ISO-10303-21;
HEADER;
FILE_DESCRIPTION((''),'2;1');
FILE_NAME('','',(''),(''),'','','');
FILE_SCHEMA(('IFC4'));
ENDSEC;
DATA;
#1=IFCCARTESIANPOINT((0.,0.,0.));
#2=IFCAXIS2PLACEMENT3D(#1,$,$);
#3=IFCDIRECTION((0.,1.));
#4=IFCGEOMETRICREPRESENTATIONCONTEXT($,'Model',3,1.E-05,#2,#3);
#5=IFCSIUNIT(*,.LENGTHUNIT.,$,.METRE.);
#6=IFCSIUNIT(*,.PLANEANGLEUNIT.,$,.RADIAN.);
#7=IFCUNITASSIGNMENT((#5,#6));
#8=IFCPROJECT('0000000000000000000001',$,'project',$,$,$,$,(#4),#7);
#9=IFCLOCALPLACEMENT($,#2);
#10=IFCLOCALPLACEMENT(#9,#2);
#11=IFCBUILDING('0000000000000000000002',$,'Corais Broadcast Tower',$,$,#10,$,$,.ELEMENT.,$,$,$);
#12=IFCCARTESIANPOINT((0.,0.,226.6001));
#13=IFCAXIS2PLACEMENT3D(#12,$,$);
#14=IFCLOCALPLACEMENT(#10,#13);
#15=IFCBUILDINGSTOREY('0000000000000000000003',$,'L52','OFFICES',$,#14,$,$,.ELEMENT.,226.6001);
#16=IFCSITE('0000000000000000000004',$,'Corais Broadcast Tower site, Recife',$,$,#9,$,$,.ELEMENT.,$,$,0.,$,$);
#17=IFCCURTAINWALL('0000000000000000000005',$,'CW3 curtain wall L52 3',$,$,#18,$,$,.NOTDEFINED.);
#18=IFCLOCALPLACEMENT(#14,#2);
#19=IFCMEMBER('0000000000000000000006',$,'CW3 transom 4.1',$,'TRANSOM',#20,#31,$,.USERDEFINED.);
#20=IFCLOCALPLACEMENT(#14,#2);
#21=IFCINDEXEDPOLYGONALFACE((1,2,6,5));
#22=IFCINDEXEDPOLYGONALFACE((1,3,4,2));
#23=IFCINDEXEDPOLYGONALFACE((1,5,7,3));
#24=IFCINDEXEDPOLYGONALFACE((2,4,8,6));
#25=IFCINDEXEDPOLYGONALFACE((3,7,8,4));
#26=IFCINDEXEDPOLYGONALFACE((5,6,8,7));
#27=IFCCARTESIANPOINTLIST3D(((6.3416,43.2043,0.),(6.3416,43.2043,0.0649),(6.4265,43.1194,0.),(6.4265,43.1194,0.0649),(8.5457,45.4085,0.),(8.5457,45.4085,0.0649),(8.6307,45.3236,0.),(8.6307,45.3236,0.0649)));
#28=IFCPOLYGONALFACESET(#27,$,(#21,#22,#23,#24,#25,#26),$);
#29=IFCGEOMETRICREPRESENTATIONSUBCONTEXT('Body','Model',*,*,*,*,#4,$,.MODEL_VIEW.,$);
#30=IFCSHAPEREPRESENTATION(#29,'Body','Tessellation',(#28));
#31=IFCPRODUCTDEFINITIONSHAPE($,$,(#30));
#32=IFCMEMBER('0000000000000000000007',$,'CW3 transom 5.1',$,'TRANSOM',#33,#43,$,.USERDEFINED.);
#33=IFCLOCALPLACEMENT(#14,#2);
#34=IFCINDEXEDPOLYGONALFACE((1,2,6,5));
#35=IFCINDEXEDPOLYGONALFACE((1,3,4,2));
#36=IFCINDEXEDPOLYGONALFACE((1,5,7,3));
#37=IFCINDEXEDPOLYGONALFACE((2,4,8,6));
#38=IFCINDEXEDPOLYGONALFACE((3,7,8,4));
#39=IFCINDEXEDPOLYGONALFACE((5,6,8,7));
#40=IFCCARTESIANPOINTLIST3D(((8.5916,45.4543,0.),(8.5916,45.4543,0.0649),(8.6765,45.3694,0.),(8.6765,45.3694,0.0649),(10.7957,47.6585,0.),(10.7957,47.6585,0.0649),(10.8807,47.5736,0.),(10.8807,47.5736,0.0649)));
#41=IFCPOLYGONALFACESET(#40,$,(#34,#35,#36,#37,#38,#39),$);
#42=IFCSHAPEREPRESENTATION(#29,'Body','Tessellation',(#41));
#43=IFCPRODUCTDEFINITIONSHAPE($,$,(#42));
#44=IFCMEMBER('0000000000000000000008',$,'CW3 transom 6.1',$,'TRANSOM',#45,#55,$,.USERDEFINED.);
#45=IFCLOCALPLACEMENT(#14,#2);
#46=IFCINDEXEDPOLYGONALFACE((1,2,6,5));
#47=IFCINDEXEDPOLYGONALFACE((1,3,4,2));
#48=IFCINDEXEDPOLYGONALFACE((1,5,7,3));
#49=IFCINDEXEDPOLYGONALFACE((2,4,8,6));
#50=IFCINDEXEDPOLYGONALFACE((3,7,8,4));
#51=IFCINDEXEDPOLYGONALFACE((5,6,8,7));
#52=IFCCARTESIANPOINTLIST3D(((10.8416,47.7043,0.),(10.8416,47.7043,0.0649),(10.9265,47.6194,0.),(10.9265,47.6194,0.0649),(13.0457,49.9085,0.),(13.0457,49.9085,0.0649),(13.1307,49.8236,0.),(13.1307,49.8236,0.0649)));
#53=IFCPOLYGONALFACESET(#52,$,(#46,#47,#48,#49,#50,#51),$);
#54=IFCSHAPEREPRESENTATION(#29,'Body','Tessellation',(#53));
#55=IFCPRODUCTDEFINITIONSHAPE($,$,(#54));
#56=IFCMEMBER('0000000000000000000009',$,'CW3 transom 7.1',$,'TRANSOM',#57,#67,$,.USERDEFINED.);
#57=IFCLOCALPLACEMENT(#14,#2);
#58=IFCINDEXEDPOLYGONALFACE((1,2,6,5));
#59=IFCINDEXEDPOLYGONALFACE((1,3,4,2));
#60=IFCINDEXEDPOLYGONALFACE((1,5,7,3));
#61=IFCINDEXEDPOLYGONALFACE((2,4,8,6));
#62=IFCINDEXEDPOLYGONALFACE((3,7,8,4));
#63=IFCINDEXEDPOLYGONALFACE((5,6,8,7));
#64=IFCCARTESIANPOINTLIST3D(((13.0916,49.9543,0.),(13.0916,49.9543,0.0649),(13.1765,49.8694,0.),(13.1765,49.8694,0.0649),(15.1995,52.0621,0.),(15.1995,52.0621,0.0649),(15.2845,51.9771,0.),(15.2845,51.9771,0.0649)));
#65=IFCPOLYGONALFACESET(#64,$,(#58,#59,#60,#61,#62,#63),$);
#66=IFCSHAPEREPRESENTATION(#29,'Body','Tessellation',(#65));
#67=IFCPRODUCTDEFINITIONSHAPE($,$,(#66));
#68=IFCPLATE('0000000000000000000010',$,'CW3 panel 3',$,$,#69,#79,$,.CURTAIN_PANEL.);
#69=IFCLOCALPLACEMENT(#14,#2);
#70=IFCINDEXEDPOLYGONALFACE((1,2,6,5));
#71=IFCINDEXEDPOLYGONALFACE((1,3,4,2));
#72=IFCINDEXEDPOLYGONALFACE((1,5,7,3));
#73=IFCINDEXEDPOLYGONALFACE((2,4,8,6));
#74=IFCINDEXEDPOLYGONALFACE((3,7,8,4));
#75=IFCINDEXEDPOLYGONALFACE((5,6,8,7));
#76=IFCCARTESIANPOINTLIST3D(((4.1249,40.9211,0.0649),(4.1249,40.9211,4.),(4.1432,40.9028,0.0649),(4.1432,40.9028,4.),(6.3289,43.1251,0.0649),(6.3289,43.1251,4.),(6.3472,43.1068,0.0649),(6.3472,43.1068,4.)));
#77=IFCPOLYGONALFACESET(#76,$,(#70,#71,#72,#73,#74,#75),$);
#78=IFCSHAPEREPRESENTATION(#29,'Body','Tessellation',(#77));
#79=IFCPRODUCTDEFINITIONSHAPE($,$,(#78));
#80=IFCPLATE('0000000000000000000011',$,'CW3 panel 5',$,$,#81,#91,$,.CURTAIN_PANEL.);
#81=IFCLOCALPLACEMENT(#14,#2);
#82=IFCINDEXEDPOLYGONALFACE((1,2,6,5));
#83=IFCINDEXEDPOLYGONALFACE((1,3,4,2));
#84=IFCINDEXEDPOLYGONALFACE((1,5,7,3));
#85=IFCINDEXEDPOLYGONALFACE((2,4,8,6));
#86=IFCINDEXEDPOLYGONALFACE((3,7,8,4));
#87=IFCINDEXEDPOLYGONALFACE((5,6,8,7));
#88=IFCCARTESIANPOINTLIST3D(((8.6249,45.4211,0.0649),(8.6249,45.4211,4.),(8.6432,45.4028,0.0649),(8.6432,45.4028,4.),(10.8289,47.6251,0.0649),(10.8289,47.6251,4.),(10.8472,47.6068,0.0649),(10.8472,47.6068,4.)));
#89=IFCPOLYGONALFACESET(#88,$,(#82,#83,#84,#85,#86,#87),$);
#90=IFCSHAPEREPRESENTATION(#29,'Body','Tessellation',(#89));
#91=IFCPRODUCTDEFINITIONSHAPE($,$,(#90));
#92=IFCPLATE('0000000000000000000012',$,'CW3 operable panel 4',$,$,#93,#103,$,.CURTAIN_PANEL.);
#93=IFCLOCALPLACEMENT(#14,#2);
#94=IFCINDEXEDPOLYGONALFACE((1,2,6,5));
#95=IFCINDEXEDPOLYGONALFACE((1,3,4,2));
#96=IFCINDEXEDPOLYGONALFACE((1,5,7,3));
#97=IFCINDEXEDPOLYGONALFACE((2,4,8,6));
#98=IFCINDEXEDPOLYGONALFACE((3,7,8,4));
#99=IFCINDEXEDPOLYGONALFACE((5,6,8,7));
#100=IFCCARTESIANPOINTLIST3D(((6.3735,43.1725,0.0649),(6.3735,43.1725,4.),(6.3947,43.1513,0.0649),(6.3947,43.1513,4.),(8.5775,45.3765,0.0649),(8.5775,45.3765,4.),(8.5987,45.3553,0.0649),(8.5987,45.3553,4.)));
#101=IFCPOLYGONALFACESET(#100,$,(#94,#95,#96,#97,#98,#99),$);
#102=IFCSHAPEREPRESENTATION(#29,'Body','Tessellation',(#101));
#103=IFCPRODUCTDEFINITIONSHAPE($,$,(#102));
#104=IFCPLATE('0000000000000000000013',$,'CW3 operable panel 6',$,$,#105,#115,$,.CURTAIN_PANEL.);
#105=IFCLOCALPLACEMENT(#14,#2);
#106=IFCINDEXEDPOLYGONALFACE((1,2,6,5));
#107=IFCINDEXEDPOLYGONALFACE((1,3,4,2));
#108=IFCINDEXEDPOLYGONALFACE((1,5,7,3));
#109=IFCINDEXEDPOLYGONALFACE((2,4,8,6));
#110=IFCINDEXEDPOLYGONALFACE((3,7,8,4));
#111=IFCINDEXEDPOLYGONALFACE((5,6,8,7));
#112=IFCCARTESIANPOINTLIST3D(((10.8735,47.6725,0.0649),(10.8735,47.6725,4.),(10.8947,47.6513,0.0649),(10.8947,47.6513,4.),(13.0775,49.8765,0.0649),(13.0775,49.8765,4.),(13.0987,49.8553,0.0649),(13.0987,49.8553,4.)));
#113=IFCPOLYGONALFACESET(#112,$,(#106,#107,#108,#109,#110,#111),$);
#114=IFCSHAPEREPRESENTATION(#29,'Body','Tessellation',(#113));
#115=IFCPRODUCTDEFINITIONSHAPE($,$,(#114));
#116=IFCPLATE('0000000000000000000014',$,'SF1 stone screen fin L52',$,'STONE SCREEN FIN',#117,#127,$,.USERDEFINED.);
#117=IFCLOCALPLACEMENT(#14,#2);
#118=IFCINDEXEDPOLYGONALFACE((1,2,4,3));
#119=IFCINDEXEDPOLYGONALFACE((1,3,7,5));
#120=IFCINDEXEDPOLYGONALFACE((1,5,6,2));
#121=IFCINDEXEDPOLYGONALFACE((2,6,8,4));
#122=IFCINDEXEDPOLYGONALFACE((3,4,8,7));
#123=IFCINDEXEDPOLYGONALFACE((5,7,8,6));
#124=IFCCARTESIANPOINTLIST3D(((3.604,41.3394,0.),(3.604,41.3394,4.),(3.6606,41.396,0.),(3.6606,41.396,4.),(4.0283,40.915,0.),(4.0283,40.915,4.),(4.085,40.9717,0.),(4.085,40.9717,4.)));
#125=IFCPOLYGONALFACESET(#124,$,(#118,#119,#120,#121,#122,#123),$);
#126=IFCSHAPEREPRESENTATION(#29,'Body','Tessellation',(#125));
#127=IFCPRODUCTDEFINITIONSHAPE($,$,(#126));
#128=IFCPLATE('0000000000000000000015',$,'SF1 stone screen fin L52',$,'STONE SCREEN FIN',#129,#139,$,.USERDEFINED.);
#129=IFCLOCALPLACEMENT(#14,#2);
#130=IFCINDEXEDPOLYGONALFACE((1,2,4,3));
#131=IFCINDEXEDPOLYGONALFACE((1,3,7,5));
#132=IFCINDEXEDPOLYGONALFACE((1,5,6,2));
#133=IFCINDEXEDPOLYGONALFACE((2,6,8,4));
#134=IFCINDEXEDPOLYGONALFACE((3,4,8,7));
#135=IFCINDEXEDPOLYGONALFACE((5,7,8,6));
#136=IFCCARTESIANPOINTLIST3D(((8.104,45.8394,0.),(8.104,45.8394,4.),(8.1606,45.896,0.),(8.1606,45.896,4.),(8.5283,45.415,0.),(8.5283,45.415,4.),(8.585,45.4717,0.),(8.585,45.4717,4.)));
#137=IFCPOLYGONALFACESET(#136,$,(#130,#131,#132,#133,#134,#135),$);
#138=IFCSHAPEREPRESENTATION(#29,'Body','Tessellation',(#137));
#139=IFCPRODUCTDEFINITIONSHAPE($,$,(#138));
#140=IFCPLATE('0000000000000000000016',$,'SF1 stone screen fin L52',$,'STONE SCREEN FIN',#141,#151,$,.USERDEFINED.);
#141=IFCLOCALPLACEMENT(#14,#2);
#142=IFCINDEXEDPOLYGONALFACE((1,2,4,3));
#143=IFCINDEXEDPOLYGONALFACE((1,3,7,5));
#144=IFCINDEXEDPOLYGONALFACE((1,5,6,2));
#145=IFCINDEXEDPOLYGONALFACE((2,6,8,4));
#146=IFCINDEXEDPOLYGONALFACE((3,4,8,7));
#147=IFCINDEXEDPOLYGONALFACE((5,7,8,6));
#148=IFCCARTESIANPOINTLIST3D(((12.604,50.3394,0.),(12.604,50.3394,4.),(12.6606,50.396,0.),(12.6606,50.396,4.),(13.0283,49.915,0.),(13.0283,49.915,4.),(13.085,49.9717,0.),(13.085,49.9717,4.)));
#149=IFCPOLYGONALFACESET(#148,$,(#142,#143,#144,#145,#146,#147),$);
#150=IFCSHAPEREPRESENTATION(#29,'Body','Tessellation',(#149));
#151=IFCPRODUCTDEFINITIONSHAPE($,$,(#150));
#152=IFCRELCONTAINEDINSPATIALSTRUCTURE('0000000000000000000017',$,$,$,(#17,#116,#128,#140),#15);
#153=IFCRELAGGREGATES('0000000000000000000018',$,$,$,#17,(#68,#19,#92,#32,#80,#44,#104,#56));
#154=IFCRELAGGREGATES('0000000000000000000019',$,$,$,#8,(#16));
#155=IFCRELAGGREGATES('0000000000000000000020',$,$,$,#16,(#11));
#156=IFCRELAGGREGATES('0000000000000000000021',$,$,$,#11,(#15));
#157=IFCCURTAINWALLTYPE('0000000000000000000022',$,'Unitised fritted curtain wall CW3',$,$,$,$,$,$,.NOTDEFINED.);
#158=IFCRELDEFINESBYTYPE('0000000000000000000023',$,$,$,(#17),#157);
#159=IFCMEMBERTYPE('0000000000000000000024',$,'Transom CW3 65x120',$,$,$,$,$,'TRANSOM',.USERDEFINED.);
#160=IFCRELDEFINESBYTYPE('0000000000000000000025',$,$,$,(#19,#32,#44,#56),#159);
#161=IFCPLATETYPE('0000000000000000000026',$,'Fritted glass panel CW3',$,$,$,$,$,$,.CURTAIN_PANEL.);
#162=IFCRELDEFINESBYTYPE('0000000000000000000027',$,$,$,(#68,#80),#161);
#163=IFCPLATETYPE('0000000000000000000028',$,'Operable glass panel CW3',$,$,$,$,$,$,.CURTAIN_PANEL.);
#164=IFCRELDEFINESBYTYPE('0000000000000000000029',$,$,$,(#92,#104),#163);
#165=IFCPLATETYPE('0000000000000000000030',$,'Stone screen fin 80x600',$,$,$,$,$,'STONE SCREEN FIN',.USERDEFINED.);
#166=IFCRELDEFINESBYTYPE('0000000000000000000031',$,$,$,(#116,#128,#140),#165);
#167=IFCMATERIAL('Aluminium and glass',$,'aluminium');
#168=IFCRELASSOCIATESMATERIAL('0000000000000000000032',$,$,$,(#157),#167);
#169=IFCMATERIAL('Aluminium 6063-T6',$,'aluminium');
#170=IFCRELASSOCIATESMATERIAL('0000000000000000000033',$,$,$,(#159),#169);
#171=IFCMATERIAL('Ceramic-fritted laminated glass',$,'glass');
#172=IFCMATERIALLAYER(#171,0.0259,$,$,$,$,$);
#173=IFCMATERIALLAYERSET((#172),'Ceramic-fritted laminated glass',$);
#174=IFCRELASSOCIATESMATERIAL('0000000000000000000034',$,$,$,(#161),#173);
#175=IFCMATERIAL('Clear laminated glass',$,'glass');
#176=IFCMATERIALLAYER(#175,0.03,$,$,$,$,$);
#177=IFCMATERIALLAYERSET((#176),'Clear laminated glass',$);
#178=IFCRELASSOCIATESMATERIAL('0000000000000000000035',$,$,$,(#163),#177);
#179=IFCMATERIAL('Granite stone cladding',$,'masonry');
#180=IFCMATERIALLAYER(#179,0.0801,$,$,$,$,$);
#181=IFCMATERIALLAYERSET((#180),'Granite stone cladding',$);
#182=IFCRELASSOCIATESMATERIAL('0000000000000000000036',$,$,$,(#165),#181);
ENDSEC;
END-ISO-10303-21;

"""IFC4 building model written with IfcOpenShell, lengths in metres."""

from ifc_helpers import new_model, si_unit, direction, frame, origin, origin_2d, place, context, subcontext, project, spatial, rectangle, extrude, material, layer, layer_set, material_profile, profile_set, type_object, element, aggregate, save


model = new_model("IFC4")

# Units and contexts
model_context = context("Model", 3, precision=1e-05, world=origin(), true_north=direction((0.0, 1.0)))
body_context = subcontext(model_context, "Body", "Model", "MODEL_VIEW")
ifc_project = project(units=[si_unit("LENGTHUNIT", "METRE"), si_unit("PLANEANGLEUNIT", "RADIAN")], contexts=[model_context])

# Site, building, storey
site_placement = place(None, origin())
site = spatial("IfcSite", under=ifc_project, at=site_placement, Name="Corais Broadcast Tower site, Recife", CompositionType="ELEMENT", RefElevation=0.0)
building_placement = place(site_placement, origin())
building = spatial("IfcBuilding", under=site, at=building_placement, Name="Corais Broadcast Tower", CompositionType="ELEMENT")
storey_placement = place(building_placement, frame((0.0, 0.0, 226.6001)))
storey = spatial("IfcBuildingStorey", under=building, at=storey_placement, Name="L52", Description="OFFICES", CompositionType="ELEMENT", Elevation=226.6001)

# Curtain wall
ifc_material_1 = material(Name="Aluminium and glass", Category="aluminium")
curtain_wall_type = type_object("IfcCurtainWallType", Name="Unitised fritted curtain wall CW3", PredefinedType="NOTDEFINED", material=ifc_material_1)
curtain_wall_placement = place(storey_placement, origin())
curtain_wall = element("IfcCurtainWall", 1, at=curtain_wall_placement, inside=storey, type_object=curtain_wall_type, Name="CW3 curtain wall L52 3", PredefinedType="NOTDEFINED")

# Members
ifc_material_2 = material(Name="Aluminium 6063-T6", Category="aluminium")
ifc_material_profile_1 = material_profile(ifc_material_2, rectangle(XDim=0.1201, YDim=0.0649, at=origin_2d()), Name="Transom CW3 65x120")
ifc_profile_set_1 = profile_set([ifc_material_profile_1], Name="Aluminium 6063-T6")
member_type_1 = type_object("IfcMemberType", Name="Transom CW3 65x120", ElementType="TRANSOM", PredefinedType="USERDEFINED", material=ifc_profile_set_1)
member_1_placement = place(storey_placement, frame((6.384, 43.1619, 0.0325), z_axis=(0.707107, 0.707107, 0.0), x_axis=(-0.707107, 0.707107, 0.0)))
member_1 = element("IfcMember", 2, at=member_1_placement, type_object=member_type_1, Name="CW3 transom 4.1", ObjectType="TRANSOM", PredefinedType="USERDEFINED", context=body_context, shape_type="SweptSolid", body=[
    extrude(rectangle(XDim=0.1201, YDim=0.0649, at=origin_2d()), origin(), (0.0, 0.0, 1.0), 3.1172),
])
member_2_placement = place(storey_placement, frame((8.634, 45.4119, 0.0325), z_axis=(0.707107, 0.707107, 0.0), x_axis=(-0.707107, 0.707107, 0.0)))
member_2 = element("IfcMember", 3, at=member_2_placement, type_object=member_type_1, Name="CW3 transom 5.1", ObjectType="TRANSOM", PredefinedType="USERDEFINED", context=body_context, shape_type="SweptSolid", body=[
    extrude(rectangle(XDim=0.1201, YDim=0.0649, at=origin_2d()), origin(), (0.0, 0.0, 1.0), 3.1172),
])
member_3_placement = place(storey_placement, frame((10.884, 47.6619, 0.0325), z_axis=(0.707107, 0.707107, 0.0), x_axis=(-0.707107, 0.707107, 0.0)))
member_3 = element("IfcMember", 4, at=member_3_placement, type_object=member_type_1, Name="CW3 transom 6.1", ObjectType="TRANSOM", PredefinedType="USERDEFINED", context=body_context, shape_type="SweptSolid", body=[
    extrude(rectangle(XDim=0.1201, YDim=0.0649, at=origin_2d()), origin(), (0.0, 0.0, 1.0), 3.1172),
])
member_4_placement = place(storey_placement, frame((13.134, 49.9119, 0.0325), z_axis=(0.707148, 0.707066, 0.0), x_axis=(-0.707066, 0.707148, 0.0)))
member_4 = element("IfcMember", 5, at=member_4_placement, type_object=member_type_1, Name="CW3 transom 7.1", ObjectType="TRANSOM", PredefinedType="USERDEFINED", context=body_context, shape_type="SweptSolid", body=[
    extrude(rectangle(XDim=0.1201, YDim=0.0649, at=origin_2d()), origin(), (0.0, 0.0, 1.0), 2.981),
])

# Plates
ifc_material_3 = material(Name="Ceramic-fritted laminated glass", Category="glass")
ifc_layer_1 = layer(ifc_material_3, 0.0259)
ifc_layer_set_1 = layer_set([ifc_layer_1], Name="Ceramic-fritted laminated glass")
plate_type_1 = type_object("IfcPlateType", Name="Fritted glass panel CW3", PredefinedType="CURTAIN_PANEL", material=ifc_layer_set_1)
plate_1_placement = place(storey_placement, frame((5.2361, 42.0139, 0.0649), z_axis=(0.0, 0.0, 1.0), x_axis=(0.707107, 0.707107, 0.0)))
plate_1 = element("IfcPlate", 6, at=plate_1_placement, type_object=plate_type_1, Name="CW3 panel 3", PredefinedType="CURTAIN_PANEL", context=body_context, shape_type="SweptSolid", body=[
    extrude(rectangle(XDim=3.1169, YDim=0.0259, at=origin_2d()), origin(), (0.0, 0.0, 1.0), 3.9351),
])
plate_2_placement = place(storey_placement, frame((9.7361, 46.5139, 0.0649), z_axis=(0.0, 0.0, 1.0), x_axis=(0.707107, 0.707107, 0.0)))
plate_2 = element("IfcPlate", 7, at=plate_2_placement, type_object=plate_type_1, Name="CW3 panel 5", PredefinedType="CURTAIN_PANEL", context=body_context, shape_type="SweptSolid", body=[
    extrude(rectangle(XDim=3.1169, YDim=0.0259, at=origin_2d()), origin(), (0.0, 0.0, 1.0), 3.9351),
])
ifc_material_4 = material(Name="Clear laminated glass", Category="glass")
ifc_layer_2 = layer(ifc_material_4, 0.03)
ifc_layer_set_2 = layer_set([ifc_layer_2], Name="Clear laminated glass")
plate_type_2 = type_object("IfcPlateType", Name="Operable glass panel CW3", PredefinedType="CURTAIN_PANEL", material=ifc_layer_set_2)
plate_3_placement = place(storey_placement, frame((7.4861, 44.2639, 0.0649), z_axis=(0.0, 0.0, 1.0), x_axis=(0.707107, 0.707107, 0.0)))
plate_3 = element("IfcPlate", 8, at=plate_3_placement, type_object=plate_type_2, Name="CW3 operable panel 4", PredefinedType="CURTAIN_PANEL", context=body_context, shape_type="SweptSolid", body=[
    extrude(rectangle(XDim=3.1169, YDim=0.03, at=origin_2d()), origin(), (0.0, 0.0, 1.0), 3.9351),
])
plate_4_placement = place(storey_placement, frame((11.9861, 48.7639, 0.0649), z_axis=(0.0, 0.0, 1.0), x_axis=(0.707107, 0.707107, 0.0)))
plate_4 = element("IfcPlate", 9, at=plate_4_placement, type_object=plate_type_2, Name="CW3 operable panel 6", PredefinedType="CURTAIN_PANEL", context=body_context, shape_type="SweptSolid", body=[
    extrude(rectangle(XDim=3.1169, YDim=0.03, at=origin_2d()), origin(), (0.0, 0.0, 1.0), 3.9351),
])
aggregate(curtain_wall, [plate_1, member_1, plate_3, member_2, plate_2, member_3, plate_4, member_4])

# Plates
ifc_material_5 = material(Name="Granite stone cladding", Category="masonry")
ifc_layer_3 = layer(ifc_material_5, 0.0801)
ifc_layer_set_3 = layer_set([ifc_layer_3], Name="Granite stone cladding")
plate_type_3 = type_object("IfcPlateType", Name="Stone screen fin 80x600", ElementType="STONE SCREEN FIN", PredefinedType="USERDEFINED", material=ifc_layer_set_3)
for number, where, z_axis, x_axis, name in (
    (10, (3.8445, 41.1555, 0.0), (0.0, 0.0, 1.0), (0.707107, 0.707107, 0.0), "SF1 stone screen fin L52"),
    (11, (8.3445, 45.6555, 0.0), (0.0, 0.0, 1.0), (0.707107, 0.707107, 0.0), "SF1 stone screen fin L52"),
    (12, (12.8445, 50.1555, 0.0), (0.0, 0.0, 1.0), (0.707107, 0.707107, 0.0), "SF1 stone screen fin L52"),
):
    element("IfcPlate", number, at=place(storey_placement, frame(where, z_axis=z_axis, x_axis=x_axis)), inside=storey, type_object=plate_type_3, Name=name, ObjectType="STONE SCREEN FIN", PredefinedType="USERDEFINED", context=body_context, shape_type="SweptSolid", body=[
        extrude(rectangle(XDim=0.0801, YDim=0.6001, at=origin_2d()), origin(), (0.0, 0.0, 1.0), 4.0),
    ])

save(model, "model.ifc")
